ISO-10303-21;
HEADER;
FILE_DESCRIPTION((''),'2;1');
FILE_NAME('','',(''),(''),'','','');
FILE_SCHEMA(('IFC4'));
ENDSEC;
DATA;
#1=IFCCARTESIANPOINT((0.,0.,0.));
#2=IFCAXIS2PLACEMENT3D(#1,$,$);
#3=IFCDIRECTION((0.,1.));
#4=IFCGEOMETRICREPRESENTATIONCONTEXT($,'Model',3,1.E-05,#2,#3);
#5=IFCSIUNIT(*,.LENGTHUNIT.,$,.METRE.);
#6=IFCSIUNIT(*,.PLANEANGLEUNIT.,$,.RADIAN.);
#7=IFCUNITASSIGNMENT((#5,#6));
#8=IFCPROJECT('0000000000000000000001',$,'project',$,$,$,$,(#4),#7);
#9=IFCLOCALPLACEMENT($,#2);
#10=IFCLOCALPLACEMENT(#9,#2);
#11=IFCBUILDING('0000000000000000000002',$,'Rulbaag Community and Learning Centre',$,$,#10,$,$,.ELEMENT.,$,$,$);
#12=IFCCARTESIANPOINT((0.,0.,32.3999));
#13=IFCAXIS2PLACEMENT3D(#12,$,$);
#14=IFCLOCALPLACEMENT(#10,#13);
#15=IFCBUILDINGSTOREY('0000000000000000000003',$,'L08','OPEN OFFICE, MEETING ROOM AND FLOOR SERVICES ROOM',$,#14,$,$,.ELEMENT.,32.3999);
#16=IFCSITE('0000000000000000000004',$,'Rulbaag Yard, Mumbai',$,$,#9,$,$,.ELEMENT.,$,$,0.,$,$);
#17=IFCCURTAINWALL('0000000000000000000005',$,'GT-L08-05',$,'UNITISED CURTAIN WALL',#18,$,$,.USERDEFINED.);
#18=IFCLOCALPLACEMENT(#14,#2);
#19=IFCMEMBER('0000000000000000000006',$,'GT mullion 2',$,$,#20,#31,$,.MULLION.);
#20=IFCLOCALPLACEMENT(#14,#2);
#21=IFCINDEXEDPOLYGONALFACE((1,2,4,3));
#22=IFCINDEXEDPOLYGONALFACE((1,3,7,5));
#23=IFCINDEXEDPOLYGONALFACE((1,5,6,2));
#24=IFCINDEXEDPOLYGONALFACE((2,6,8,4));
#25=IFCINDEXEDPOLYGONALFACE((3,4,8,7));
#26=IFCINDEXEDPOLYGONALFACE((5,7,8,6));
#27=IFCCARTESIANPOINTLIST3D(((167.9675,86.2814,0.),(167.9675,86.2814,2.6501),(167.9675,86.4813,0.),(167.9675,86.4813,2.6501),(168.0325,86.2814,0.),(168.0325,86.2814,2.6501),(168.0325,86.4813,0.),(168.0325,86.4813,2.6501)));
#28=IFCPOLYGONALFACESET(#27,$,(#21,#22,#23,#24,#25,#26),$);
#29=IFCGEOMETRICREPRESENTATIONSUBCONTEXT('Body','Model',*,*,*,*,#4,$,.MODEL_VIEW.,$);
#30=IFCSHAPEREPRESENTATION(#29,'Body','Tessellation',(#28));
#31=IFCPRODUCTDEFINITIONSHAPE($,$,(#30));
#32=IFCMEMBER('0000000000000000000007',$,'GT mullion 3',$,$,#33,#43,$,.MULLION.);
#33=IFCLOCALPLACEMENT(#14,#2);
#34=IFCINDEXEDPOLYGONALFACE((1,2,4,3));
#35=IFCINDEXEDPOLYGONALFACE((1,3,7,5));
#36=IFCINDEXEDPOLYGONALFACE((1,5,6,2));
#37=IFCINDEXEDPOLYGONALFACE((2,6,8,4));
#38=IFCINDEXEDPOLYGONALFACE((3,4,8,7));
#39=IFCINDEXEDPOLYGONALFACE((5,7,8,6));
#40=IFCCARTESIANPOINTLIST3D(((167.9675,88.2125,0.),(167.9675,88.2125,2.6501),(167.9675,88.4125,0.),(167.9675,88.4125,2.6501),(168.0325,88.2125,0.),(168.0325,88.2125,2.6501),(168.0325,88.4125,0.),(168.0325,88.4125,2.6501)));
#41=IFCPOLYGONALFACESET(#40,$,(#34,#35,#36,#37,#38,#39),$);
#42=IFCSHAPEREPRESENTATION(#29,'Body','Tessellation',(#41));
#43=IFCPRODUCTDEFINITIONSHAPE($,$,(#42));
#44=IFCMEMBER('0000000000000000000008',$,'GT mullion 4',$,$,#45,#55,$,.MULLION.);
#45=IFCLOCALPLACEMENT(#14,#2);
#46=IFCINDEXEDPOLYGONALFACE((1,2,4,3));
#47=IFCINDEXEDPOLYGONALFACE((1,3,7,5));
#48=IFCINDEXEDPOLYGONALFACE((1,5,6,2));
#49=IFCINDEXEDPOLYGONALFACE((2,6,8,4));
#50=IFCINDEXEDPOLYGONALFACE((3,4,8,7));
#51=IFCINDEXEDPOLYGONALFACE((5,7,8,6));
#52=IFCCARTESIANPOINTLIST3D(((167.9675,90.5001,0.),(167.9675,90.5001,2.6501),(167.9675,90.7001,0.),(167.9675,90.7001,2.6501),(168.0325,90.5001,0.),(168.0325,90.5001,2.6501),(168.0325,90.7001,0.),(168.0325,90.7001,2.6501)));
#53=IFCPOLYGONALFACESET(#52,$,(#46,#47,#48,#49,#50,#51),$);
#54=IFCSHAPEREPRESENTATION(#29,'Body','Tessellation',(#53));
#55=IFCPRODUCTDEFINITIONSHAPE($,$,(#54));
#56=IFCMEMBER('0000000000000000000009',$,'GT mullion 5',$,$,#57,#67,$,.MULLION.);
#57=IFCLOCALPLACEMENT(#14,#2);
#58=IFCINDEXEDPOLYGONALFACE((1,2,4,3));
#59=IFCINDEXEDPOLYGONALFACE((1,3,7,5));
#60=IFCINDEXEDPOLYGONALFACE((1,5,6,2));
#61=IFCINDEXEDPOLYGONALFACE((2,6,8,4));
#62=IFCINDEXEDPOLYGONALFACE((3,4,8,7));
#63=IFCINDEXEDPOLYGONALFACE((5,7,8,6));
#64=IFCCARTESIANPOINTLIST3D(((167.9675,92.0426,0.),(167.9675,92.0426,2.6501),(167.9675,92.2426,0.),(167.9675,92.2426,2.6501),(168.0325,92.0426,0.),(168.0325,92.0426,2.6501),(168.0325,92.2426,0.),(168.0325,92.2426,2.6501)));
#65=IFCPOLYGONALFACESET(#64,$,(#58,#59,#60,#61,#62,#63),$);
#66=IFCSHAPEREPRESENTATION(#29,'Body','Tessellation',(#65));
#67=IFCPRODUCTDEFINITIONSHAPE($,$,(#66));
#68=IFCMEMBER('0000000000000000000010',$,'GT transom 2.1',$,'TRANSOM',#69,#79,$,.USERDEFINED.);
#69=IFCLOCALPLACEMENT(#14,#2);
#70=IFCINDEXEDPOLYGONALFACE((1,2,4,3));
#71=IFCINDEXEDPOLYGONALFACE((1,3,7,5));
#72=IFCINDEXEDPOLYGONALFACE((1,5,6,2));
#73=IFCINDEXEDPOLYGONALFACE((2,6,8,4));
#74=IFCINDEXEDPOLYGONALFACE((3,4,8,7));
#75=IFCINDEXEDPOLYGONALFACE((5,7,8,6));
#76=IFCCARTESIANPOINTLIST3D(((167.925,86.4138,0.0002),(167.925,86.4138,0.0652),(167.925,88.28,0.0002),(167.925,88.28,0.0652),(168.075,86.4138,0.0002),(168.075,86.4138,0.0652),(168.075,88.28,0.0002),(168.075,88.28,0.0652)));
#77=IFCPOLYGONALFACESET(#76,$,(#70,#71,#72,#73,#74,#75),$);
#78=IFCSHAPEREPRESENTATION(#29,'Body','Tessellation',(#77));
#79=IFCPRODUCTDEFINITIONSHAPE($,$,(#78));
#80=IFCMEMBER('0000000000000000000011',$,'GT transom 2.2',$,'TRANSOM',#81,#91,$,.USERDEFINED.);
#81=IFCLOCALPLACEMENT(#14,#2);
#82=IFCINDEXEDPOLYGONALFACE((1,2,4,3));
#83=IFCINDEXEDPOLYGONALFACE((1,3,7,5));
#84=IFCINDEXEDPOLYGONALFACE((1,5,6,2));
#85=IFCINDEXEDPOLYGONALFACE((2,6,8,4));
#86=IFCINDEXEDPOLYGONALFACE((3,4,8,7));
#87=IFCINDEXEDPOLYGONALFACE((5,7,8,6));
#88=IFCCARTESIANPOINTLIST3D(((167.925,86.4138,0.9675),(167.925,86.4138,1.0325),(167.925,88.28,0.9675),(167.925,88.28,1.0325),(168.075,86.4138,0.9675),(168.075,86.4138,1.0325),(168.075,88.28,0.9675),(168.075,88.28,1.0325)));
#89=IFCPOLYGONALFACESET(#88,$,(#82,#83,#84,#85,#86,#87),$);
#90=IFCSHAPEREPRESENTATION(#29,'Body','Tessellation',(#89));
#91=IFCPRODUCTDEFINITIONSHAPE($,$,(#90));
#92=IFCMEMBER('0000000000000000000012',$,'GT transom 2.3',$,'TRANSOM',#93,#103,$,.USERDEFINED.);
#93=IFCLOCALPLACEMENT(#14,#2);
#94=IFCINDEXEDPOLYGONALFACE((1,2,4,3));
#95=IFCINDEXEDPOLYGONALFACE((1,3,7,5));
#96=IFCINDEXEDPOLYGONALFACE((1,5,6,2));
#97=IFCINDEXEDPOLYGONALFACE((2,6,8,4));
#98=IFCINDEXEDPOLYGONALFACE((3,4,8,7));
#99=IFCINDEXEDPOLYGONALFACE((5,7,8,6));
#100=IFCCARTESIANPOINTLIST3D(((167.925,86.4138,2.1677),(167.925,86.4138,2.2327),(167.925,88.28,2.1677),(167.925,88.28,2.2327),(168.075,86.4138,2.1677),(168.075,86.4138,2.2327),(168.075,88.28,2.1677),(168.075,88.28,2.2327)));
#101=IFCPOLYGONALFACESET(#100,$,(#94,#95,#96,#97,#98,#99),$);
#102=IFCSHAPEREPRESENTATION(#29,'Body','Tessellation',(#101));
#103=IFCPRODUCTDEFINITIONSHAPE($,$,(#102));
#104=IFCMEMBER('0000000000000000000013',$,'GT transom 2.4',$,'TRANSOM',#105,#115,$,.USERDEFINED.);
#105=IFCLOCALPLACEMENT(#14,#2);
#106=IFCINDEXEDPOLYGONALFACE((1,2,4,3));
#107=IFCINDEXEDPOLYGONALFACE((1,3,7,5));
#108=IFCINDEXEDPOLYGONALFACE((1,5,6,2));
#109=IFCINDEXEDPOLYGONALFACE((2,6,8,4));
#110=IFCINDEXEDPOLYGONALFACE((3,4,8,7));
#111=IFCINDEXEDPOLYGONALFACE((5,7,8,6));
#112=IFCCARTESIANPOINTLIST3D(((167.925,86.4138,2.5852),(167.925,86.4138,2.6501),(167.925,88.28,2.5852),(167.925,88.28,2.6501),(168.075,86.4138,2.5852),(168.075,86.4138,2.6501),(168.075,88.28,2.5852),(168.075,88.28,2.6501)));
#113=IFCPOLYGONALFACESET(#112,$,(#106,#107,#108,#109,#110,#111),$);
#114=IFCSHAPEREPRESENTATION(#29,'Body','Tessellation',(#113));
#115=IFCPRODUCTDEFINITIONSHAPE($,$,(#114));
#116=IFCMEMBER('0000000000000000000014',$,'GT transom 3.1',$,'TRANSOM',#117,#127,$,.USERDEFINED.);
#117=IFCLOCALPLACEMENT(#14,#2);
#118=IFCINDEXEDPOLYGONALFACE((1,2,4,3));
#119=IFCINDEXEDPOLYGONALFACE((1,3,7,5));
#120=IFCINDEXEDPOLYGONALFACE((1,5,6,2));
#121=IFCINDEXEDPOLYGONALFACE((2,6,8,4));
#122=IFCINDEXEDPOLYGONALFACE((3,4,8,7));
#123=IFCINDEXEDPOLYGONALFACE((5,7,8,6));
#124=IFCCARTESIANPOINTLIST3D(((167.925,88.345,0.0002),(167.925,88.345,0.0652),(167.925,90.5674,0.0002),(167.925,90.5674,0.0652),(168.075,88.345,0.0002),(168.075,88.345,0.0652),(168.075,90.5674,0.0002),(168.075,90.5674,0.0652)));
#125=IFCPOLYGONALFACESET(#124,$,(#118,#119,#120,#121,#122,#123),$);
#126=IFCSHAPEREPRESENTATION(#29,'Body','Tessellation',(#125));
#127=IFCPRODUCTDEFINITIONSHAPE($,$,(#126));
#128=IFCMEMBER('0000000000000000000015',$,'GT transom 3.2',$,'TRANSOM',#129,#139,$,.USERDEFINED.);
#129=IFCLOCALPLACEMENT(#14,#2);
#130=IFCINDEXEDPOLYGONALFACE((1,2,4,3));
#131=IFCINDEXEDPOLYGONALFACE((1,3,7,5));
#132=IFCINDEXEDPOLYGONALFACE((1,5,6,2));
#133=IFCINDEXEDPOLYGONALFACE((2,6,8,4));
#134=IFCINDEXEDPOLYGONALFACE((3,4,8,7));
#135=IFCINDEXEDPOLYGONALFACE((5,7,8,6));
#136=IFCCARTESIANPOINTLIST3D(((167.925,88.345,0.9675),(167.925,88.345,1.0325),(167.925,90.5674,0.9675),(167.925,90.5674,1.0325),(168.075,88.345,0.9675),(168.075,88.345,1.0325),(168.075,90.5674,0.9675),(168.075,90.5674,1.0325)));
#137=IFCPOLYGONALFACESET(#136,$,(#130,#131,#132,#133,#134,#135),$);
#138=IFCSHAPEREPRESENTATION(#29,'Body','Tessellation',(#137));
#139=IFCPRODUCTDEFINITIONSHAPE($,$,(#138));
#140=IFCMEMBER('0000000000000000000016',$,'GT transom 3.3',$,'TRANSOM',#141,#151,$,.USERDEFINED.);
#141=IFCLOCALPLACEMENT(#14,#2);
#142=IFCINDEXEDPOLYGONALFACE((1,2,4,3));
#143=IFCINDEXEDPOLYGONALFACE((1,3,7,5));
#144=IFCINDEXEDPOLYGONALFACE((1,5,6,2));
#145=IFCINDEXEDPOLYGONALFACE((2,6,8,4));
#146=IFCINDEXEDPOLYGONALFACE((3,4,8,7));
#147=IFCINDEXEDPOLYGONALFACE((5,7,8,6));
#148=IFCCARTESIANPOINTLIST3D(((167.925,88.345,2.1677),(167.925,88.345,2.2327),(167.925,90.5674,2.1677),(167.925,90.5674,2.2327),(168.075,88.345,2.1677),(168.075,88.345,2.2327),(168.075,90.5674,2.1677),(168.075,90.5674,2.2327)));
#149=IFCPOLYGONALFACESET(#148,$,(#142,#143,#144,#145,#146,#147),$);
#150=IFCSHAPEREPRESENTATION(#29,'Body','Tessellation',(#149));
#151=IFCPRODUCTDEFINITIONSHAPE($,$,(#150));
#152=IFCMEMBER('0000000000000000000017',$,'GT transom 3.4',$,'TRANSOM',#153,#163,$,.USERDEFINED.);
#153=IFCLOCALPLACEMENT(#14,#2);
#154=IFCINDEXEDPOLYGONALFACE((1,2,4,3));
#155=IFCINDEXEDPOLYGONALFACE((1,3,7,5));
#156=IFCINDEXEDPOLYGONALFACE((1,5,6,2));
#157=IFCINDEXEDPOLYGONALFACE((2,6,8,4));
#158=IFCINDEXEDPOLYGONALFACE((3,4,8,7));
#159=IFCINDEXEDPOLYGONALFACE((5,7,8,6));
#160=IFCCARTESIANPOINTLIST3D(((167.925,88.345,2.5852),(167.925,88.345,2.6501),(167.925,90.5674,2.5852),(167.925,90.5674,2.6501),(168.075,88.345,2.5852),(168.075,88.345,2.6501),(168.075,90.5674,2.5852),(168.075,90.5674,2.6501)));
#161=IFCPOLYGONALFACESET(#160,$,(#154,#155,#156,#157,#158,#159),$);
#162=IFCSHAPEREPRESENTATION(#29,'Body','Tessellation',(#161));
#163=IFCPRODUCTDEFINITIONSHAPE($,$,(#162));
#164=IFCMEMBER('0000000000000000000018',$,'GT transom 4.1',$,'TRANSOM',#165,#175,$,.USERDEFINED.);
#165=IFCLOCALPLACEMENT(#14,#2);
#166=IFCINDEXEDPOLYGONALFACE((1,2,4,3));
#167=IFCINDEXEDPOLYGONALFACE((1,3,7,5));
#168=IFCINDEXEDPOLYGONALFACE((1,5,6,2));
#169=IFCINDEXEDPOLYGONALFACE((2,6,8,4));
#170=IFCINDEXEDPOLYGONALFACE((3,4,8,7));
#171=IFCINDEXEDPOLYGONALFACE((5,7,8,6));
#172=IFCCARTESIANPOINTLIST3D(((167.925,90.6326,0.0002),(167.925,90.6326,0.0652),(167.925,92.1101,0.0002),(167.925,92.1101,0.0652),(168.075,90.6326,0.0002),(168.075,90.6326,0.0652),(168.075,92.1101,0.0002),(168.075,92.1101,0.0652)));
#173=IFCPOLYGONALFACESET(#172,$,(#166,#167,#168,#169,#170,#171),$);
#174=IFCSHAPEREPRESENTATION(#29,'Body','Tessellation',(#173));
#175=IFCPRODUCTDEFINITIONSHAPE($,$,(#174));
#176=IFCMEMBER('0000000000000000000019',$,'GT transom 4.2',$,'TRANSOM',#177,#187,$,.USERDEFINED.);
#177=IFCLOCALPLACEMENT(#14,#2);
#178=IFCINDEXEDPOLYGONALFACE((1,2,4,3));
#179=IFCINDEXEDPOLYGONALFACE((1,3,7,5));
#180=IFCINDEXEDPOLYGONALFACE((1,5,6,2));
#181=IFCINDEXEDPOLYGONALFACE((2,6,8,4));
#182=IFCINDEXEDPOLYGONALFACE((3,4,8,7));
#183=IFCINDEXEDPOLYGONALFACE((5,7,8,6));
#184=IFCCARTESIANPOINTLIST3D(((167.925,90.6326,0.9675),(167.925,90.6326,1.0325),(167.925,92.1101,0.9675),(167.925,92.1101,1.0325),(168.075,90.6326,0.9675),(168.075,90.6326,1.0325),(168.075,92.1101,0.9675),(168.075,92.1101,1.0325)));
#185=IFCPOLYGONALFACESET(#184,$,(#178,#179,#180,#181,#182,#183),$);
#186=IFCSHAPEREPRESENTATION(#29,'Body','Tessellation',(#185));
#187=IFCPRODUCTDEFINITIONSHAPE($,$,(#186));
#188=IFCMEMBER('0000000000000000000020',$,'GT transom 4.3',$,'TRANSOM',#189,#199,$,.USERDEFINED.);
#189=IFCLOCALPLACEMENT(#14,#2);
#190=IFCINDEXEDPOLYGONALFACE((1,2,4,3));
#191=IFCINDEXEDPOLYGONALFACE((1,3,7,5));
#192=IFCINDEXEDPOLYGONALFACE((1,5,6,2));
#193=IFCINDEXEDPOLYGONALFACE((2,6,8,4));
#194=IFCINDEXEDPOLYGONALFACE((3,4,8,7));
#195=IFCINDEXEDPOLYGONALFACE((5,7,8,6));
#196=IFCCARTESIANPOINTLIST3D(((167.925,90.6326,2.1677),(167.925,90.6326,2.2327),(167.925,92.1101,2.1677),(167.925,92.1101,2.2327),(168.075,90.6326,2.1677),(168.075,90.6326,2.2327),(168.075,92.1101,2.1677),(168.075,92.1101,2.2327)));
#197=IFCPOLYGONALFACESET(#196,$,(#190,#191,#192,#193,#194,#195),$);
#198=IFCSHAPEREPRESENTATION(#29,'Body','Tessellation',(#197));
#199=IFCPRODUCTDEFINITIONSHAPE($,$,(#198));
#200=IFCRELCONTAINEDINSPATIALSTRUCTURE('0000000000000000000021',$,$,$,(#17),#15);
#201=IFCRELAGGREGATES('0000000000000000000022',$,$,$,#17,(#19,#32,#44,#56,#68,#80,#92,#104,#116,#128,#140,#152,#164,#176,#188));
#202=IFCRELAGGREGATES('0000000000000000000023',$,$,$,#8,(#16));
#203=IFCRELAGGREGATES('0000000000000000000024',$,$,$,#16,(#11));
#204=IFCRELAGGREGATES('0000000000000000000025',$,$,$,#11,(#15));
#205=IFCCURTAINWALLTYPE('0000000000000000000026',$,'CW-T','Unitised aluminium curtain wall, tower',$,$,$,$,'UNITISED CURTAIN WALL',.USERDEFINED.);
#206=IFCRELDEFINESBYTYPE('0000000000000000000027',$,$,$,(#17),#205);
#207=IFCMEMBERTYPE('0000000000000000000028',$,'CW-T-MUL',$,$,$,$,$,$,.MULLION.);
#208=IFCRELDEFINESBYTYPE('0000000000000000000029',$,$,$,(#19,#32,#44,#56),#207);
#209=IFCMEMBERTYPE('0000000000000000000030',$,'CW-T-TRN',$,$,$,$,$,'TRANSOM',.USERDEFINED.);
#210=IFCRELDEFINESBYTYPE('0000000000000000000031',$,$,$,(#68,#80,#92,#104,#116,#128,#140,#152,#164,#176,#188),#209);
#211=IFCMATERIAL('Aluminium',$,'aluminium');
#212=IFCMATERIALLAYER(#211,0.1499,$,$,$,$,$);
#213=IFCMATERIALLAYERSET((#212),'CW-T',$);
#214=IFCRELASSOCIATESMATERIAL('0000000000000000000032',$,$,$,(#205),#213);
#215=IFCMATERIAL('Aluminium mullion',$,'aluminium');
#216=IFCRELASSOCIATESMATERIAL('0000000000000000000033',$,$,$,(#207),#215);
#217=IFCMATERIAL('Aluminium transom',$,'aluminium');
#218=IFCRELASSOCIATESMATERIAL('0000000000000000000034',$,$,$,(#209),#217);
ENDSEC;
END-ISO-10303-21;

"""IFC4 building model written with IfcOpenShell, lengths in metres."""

from ifc_helpers import new_model, si_unit, direction, frame, origin, origin_2d, place, context, subcontext, project, spatial, rectangle, extrude, material, layer, layer_set, material_profile, profile_set, type_object, element, aggregate, save


model = new_model("IFC4")

# Units and contexts
model_context = context("Model", 3, precision=1e-05, world=origin(), true_north=direction((0.0, 1.0)))
body_context = subcontext(model_context, "Body", "Model", "MODEL_VIEW")
ifc_project = project(units=[si_unit("LENGTHUNIT", "METRE"), si_unit("PLANEANGLEUNIT", "RADIAN")], contexts=[model_context])

# Site, building, storey
site_placement = place(None, origin())
site = spatial("IfcSite", under=ifc_project, at=site_placement, Name="Rulbaag Yard, Mumbai", CompositionType="ELEMENT", RefElevation=0.0)
building_placement = place(site_placement, origin())
building = spatial("IfcBuilding", under=site, at=building_placement, Name="Rulbaag Community and Learning Centre", CompositionType="ELEMENT")
storey_placement = place(building_placement, frame((0.0, 0.0, 32.3999)))
storey = spatial("IfcBuildingStorey", under=building, at=storey_placement, Name="L08", Description="OPEN OFFICE, MEETING ROOM AND FLOOR SERVICES ROOM", CompositionType="ELEMENT", Elevation=32.3999)

# Curtain wall, members
ifc_material_1 = material(Name="Aluminium", Category="aluminium")
ifc_layer_1 = layer(ifc_material_1, 0.1499)
ifc_layer_set_1 = layer_set([ifc_layer_1], Name="CW-T")
curtain_wall_type = type_object("IfcCurtainWallType", Name="CW-T", Description="Unitised aluminium curtain wall, tower", ElementType="UNITISED CURTAIN WALL", PredefinedType="USERDEFINED", material=ifc_layer_set_1)
curtain_wall_placement = place(storey_placement, origin())
curtain_wall = element("IfcCurtainWall", 1, at=curtain_wall_placement, inside=storey, type_object=curtain_wall_type, Name="GT-L08-05", ObjectType="UNITISED CURTAIN WALL", PredefinedType="USERDEFINED")
ifc_material_2 = material(Name="Aluminium mullion", Category="aluminium")
ifc_material_profile_1 = material_profile(ifc_material_2, rectangle(XDim=0.0649, YDim=0.2, at=origin_2d()), Name="AL 65x200")
ifc_profile_set_1 = profile_set([ifc_material_profile_1], Name="Aluminium mullion")
member_type_1 = type_object("IfcMemberType", Name="CW-T-MUL", PredefinedType="MULLION", material=ifc_profile_set_1)
member_1_placement = place(storey_placement, frame((168.0, 86.3813, 0.0), z_axis=(0.0, 0.0, 1.0), x_axis=(-1.0, 0.0, 0.0)))
member_1 = element("IfcMember", 2, at=member_1_placement, type_object=member_type_1, Name="GT mullion 2", PredefinedType="MULLION", context=body_context, shape_type="SweptSolid", body=[
    extrude(rectangle(XDim=0.0649, YDim=0.2, at=origin_2d()), origin(), (0.0, 0.0, 1.0), 2.6501),
])
member_2_placement = place(storey_placement, frame((168.0, 88.3125, 0.0), z_axis=(0.0, 0.0, 1.0), x_axis=(-1.0, 0.0, 0.0)))
member_2 = element("IfcMember", 3, at=member_2_placement, type_object=member_type_1, Name="GT mullion 3", PredefinedType="MULLION", context=body_context, shape_type="SweptSolid", body=[
    extrude(rectangle(XDim=0.0649, YDim=0.2, at=origin_2d()), origin(), (0.0, 0.0, 1.0), 2.6501),
])
member_3_placement = place(storey_placement, frame((168.0, 90.6001, 0.0), z_axis=(0.0, 0.0, 1.0), x_axis=(-1.0, 0.0, 0.0)))
member_3 = element("IfcMember", 4, at=member_3_placement, type_object=member_type_1, Name="GT mullion 4", PredefinedType="MULLION", context=body_context, shape_type="SweptSolid", body=[
    extrude(rectangle(XDim=0.0649, YDim=0.2, at=origin_2d()), origin(), (0.0, 0.0, 1.0), 2.6501),
])
member_4_placement = place(storey_placement, frame((168.0, 92.1426, 0.0), z_axis=(0.0, 0.0, 1.0), x_axis=(-1.0, 0.0, 0.0)))
member_4 = element("IfcMember", 5, at=member_4_placement, type_object=member_type_1, Name="GT mullion 5", PredefinedType="MULLION", context=body_context, shape_type="SweptSolid", body=[
    extrude(rectangle(XDim=0.0649, YDim=0.2, at=origin_2d()), origin(), (0.0, 0.0, 1.0), 2.6501),
])
ifc_material_3 = material(Name="Aluminium transom", Category="aluminium")
ifc_material_profile_2 = material_profile(ifc_material_3, rectangle(XDim=0.1499, YDim=0.0649, at=origin_2d()), Name="AL 65x150 T")
ifc_profile_set_2 = profile_set([ifc_material_profile_2], Name="Aluminium transom")
member_type_2 = type_object("IfcMemberType", Name="CW-T-TRN", ElementType="TRANSOM", PredefinedType="USERDEFINED", material=ifc_profile_set_2)
member_5_placement = place(storey_placement, frame((168.0, 86.4138, 0.0327), z_axis=(0.0, 1.0, 0.0), x_axis=(-1.0, 0.0, 0.0)))
member_5 = element("IfcMember", 6, at=member_5_placement, type_object=member_type_2, Name="GT transom 2.1", ObjectType="TRANSOM", PredefinedType="USERDEFINED", context=body_context, shape_type="SweptSolid", body=[
    extrude(rectangle(XDim=0.1499, YDim=0.0649, at=origin_2d()), origin(), (0.0, 0.0, 1.0), 1.8662),
])
member_6_placement = place(storey_placement, frame((168.0, 86.4138, 1.0), z_axis=(0.0, 1.0, 0.0), x_axis=(-1.0, 0.0, 0.0)))
member_6 = element("IfcMember", 7, at=member_6_placement, type_object=member_type_2, Name="GT transom 2.2", ObjectType="TRANSOM", PredefinedType="USERDEFINED", context=body_context, shape_type="SweptSolid", body=[
    extrude(rectangle(XDim=0.1499, YDim=0.0649, at=origin_2d()), origin(), (0.0, 0.0, 1.0), 1.8662),
])
member_7_placement = place(storey_placement, frame((168.0, 86.4138, 2.2002), z_axis=(0.0, 1.0, 0.0), x_axis=(-1.0, 0.0, 0.0)))
member_7 = element("IfcMember", 8, at=member_7_placement, type_object=member_type_2, Name="GT transom 2.3", ObjectType="TRANSOM", PredefinedType="USERDEFINED", context=body_context, shape_type="SweptSolid", body=[
    extrude(rectangle(XDim=0.1499, YDim=0.0649, at=origin_2d()), origin(), (0.0, 0.0, 1.0), 1.8662),
])
member_8_placement = place(storey_placement, frame((168.0, 86.4138, 2.6177), z_axis=(0.0, 1.0, 0.0), x_axis=(-1.0, 0.0, 0.0)))
member_8 = element("IfcMember", 9, at=member_8_placement, type_object=member_type_2, Name="GT transom 2.4", ObjectType="TRANSOM", PredefinedType="USERDEFINED", context=body_context, shape_type="SweptSolid", body=[
    extrude(rectangle(XDim=0.1499, YDim=0.0649, at=origin_2d()), origin(), (0.0, 0.0, 1.0), 1.8662),
])
member_9_placement = place(storey_placement, frame((168.0, 88.345, 0.0327), z_axis=(0.0, 1.0, 0.0), x_axis=(-1.0, 0.0, 0.0)))
member_9 = element("IfcMember", 10, at=member_9_placement, type_object=member_type_2, Name="GT transom 3.1", ObjectType="TRANSOM", PredefinedType="USERDEFINED", context=body_context, shape_type="SweptSolid", body=[
    extrude(rectangle(XDim=0.1499, YDim=0.0649, at=origin_2d()), origin(), (0.0, 0.0, 1.0), 2.2224),
])
member_10_placement = place(storey_placement, frame((168.0, 88.345, 1.0), z_axis=(0.0, 1.0, 0.0), x_axis=(-1.0, 0.0, 0.0)))
member_10 = element("IfcMember", 11, at=member_10_placement, type_object=member_type_2, Name="GT transom 3.2", ObjectType="TRANSOM", PredefinedType="USERDEFINED", context=body_context, shape_type="SweptSolid", body=[
    extrude(rectangle(XDim=0.1499, YDim=0.0649, at=origin_2d()), origin(), (0.0, 0.0, 1.0), 2.2224),
])
member_11_placement = place(storey_placement, frame((168.0, 88.345, 2.2002), z_axis=(0.0, 1.0, 0.0), x_axis=(-1.0, 0.0, 0.0)))
member_11 = element("IfcMember", 12, at=member_11_placement, type_object=member_type_2, Name="GT transom 3.3", ObjectType="TRANSOM", PredefinedType="USERDEFINED", context=body_context, shape_type="SweptSolid", body=[
    extrude(rectangle(XDim=0.1499, YDim=0.0649, at=origin_2d()), origin(), (0.0, 0.0, 1.0), 2.2224),
])
member_12_placement = place(storey_placement, frame((168.0, 88.345, 2.6177), z_axis=(0.0, 1.0, 0.0), x_axis=(-1.0, 0.0, 0.0)))
member_12 = element("IfcMember", 13, at=member_12_placement, type_object=member_type_2, Name="GT transom 3.4", ObjectType="TRANSOM", PredefinedType="USERDEFINED", context=body_context, shape_type="SweptSolid", body=[
    extrude(rectangle(XDim=0.1499, YDim=0.0649, at=origin_2d()), origin(), (0.0, 0.0, 1.0), 2.2224),
])
member_13_placement = place(storey_placement, frame((168.0, 90.6326, 0.0327), z_axis=(0.0, 1.0, 0.0), x_axis=(-1.0, 0.0, 0.0)))
member_13 = element("IfcMember", 14, at=member_13_placement, type_object=member_type_2, Name="GT transom 4.1", ObjectType="TRANSOM", PredefinedType="USERDEFINED", context=body_context, shape_type="SweptSolid", body=[
    extrude(rectangle(XDim=0.1499, YDim=0.0649, at=origin_2d()), origin(), (0.0, 0.0, 1.0), 1.4775),
])
member_14_placement = place(storey_placement, frame((168.0, 90.6326, 1.0), z_axis=(0.0, 1.0, 0.0), x_axis=(-1.0, 0.0, 0.0)))
member_14 = element("IfcMember", 15, at=member_14_placement, type_object=member_type_2, Name="GT transom 4.2", ObjectType="TRANSOM", PredefinedType="USERDEFINED", context=body_context, shape_type="SweptSolid", body=[
    extrude(rectangle(XDim=0.1499, YDim=0.0649, at=origin_2d()), origin(), (0.0, 0.0, 1.0), 1.4775),
])
member_15_placement = place(storey_placement, frame((168.0, 90.6326, 2.2002), z_axis=(0.0, 1.0, 0.0), x_axis=(-1.0, 0.0, 0.0)))
member_15 = element("IfcMember", 16, at=member_15_placement, type_object=member_type_2, Name="GT transom 4.3", ObjectType="TRANSOM", PredefinedType="USERDEFINED", context=body_context, shape_type="SweptSolid", body=[
    extrude(rectangle(XDim=0.1499, YDim=0.0649, at=origin_2d()), origin(), (0.0, 0.0, 1.0), 1.4775),
])
aggregate(curtain_wall, [member_1, member_2, member_3, member_4, member_5, member_6, member_7, member_8, member_9, member_10, member_11, member_12, member_13, member_14, member_15])

save(model, "model.ifc")
